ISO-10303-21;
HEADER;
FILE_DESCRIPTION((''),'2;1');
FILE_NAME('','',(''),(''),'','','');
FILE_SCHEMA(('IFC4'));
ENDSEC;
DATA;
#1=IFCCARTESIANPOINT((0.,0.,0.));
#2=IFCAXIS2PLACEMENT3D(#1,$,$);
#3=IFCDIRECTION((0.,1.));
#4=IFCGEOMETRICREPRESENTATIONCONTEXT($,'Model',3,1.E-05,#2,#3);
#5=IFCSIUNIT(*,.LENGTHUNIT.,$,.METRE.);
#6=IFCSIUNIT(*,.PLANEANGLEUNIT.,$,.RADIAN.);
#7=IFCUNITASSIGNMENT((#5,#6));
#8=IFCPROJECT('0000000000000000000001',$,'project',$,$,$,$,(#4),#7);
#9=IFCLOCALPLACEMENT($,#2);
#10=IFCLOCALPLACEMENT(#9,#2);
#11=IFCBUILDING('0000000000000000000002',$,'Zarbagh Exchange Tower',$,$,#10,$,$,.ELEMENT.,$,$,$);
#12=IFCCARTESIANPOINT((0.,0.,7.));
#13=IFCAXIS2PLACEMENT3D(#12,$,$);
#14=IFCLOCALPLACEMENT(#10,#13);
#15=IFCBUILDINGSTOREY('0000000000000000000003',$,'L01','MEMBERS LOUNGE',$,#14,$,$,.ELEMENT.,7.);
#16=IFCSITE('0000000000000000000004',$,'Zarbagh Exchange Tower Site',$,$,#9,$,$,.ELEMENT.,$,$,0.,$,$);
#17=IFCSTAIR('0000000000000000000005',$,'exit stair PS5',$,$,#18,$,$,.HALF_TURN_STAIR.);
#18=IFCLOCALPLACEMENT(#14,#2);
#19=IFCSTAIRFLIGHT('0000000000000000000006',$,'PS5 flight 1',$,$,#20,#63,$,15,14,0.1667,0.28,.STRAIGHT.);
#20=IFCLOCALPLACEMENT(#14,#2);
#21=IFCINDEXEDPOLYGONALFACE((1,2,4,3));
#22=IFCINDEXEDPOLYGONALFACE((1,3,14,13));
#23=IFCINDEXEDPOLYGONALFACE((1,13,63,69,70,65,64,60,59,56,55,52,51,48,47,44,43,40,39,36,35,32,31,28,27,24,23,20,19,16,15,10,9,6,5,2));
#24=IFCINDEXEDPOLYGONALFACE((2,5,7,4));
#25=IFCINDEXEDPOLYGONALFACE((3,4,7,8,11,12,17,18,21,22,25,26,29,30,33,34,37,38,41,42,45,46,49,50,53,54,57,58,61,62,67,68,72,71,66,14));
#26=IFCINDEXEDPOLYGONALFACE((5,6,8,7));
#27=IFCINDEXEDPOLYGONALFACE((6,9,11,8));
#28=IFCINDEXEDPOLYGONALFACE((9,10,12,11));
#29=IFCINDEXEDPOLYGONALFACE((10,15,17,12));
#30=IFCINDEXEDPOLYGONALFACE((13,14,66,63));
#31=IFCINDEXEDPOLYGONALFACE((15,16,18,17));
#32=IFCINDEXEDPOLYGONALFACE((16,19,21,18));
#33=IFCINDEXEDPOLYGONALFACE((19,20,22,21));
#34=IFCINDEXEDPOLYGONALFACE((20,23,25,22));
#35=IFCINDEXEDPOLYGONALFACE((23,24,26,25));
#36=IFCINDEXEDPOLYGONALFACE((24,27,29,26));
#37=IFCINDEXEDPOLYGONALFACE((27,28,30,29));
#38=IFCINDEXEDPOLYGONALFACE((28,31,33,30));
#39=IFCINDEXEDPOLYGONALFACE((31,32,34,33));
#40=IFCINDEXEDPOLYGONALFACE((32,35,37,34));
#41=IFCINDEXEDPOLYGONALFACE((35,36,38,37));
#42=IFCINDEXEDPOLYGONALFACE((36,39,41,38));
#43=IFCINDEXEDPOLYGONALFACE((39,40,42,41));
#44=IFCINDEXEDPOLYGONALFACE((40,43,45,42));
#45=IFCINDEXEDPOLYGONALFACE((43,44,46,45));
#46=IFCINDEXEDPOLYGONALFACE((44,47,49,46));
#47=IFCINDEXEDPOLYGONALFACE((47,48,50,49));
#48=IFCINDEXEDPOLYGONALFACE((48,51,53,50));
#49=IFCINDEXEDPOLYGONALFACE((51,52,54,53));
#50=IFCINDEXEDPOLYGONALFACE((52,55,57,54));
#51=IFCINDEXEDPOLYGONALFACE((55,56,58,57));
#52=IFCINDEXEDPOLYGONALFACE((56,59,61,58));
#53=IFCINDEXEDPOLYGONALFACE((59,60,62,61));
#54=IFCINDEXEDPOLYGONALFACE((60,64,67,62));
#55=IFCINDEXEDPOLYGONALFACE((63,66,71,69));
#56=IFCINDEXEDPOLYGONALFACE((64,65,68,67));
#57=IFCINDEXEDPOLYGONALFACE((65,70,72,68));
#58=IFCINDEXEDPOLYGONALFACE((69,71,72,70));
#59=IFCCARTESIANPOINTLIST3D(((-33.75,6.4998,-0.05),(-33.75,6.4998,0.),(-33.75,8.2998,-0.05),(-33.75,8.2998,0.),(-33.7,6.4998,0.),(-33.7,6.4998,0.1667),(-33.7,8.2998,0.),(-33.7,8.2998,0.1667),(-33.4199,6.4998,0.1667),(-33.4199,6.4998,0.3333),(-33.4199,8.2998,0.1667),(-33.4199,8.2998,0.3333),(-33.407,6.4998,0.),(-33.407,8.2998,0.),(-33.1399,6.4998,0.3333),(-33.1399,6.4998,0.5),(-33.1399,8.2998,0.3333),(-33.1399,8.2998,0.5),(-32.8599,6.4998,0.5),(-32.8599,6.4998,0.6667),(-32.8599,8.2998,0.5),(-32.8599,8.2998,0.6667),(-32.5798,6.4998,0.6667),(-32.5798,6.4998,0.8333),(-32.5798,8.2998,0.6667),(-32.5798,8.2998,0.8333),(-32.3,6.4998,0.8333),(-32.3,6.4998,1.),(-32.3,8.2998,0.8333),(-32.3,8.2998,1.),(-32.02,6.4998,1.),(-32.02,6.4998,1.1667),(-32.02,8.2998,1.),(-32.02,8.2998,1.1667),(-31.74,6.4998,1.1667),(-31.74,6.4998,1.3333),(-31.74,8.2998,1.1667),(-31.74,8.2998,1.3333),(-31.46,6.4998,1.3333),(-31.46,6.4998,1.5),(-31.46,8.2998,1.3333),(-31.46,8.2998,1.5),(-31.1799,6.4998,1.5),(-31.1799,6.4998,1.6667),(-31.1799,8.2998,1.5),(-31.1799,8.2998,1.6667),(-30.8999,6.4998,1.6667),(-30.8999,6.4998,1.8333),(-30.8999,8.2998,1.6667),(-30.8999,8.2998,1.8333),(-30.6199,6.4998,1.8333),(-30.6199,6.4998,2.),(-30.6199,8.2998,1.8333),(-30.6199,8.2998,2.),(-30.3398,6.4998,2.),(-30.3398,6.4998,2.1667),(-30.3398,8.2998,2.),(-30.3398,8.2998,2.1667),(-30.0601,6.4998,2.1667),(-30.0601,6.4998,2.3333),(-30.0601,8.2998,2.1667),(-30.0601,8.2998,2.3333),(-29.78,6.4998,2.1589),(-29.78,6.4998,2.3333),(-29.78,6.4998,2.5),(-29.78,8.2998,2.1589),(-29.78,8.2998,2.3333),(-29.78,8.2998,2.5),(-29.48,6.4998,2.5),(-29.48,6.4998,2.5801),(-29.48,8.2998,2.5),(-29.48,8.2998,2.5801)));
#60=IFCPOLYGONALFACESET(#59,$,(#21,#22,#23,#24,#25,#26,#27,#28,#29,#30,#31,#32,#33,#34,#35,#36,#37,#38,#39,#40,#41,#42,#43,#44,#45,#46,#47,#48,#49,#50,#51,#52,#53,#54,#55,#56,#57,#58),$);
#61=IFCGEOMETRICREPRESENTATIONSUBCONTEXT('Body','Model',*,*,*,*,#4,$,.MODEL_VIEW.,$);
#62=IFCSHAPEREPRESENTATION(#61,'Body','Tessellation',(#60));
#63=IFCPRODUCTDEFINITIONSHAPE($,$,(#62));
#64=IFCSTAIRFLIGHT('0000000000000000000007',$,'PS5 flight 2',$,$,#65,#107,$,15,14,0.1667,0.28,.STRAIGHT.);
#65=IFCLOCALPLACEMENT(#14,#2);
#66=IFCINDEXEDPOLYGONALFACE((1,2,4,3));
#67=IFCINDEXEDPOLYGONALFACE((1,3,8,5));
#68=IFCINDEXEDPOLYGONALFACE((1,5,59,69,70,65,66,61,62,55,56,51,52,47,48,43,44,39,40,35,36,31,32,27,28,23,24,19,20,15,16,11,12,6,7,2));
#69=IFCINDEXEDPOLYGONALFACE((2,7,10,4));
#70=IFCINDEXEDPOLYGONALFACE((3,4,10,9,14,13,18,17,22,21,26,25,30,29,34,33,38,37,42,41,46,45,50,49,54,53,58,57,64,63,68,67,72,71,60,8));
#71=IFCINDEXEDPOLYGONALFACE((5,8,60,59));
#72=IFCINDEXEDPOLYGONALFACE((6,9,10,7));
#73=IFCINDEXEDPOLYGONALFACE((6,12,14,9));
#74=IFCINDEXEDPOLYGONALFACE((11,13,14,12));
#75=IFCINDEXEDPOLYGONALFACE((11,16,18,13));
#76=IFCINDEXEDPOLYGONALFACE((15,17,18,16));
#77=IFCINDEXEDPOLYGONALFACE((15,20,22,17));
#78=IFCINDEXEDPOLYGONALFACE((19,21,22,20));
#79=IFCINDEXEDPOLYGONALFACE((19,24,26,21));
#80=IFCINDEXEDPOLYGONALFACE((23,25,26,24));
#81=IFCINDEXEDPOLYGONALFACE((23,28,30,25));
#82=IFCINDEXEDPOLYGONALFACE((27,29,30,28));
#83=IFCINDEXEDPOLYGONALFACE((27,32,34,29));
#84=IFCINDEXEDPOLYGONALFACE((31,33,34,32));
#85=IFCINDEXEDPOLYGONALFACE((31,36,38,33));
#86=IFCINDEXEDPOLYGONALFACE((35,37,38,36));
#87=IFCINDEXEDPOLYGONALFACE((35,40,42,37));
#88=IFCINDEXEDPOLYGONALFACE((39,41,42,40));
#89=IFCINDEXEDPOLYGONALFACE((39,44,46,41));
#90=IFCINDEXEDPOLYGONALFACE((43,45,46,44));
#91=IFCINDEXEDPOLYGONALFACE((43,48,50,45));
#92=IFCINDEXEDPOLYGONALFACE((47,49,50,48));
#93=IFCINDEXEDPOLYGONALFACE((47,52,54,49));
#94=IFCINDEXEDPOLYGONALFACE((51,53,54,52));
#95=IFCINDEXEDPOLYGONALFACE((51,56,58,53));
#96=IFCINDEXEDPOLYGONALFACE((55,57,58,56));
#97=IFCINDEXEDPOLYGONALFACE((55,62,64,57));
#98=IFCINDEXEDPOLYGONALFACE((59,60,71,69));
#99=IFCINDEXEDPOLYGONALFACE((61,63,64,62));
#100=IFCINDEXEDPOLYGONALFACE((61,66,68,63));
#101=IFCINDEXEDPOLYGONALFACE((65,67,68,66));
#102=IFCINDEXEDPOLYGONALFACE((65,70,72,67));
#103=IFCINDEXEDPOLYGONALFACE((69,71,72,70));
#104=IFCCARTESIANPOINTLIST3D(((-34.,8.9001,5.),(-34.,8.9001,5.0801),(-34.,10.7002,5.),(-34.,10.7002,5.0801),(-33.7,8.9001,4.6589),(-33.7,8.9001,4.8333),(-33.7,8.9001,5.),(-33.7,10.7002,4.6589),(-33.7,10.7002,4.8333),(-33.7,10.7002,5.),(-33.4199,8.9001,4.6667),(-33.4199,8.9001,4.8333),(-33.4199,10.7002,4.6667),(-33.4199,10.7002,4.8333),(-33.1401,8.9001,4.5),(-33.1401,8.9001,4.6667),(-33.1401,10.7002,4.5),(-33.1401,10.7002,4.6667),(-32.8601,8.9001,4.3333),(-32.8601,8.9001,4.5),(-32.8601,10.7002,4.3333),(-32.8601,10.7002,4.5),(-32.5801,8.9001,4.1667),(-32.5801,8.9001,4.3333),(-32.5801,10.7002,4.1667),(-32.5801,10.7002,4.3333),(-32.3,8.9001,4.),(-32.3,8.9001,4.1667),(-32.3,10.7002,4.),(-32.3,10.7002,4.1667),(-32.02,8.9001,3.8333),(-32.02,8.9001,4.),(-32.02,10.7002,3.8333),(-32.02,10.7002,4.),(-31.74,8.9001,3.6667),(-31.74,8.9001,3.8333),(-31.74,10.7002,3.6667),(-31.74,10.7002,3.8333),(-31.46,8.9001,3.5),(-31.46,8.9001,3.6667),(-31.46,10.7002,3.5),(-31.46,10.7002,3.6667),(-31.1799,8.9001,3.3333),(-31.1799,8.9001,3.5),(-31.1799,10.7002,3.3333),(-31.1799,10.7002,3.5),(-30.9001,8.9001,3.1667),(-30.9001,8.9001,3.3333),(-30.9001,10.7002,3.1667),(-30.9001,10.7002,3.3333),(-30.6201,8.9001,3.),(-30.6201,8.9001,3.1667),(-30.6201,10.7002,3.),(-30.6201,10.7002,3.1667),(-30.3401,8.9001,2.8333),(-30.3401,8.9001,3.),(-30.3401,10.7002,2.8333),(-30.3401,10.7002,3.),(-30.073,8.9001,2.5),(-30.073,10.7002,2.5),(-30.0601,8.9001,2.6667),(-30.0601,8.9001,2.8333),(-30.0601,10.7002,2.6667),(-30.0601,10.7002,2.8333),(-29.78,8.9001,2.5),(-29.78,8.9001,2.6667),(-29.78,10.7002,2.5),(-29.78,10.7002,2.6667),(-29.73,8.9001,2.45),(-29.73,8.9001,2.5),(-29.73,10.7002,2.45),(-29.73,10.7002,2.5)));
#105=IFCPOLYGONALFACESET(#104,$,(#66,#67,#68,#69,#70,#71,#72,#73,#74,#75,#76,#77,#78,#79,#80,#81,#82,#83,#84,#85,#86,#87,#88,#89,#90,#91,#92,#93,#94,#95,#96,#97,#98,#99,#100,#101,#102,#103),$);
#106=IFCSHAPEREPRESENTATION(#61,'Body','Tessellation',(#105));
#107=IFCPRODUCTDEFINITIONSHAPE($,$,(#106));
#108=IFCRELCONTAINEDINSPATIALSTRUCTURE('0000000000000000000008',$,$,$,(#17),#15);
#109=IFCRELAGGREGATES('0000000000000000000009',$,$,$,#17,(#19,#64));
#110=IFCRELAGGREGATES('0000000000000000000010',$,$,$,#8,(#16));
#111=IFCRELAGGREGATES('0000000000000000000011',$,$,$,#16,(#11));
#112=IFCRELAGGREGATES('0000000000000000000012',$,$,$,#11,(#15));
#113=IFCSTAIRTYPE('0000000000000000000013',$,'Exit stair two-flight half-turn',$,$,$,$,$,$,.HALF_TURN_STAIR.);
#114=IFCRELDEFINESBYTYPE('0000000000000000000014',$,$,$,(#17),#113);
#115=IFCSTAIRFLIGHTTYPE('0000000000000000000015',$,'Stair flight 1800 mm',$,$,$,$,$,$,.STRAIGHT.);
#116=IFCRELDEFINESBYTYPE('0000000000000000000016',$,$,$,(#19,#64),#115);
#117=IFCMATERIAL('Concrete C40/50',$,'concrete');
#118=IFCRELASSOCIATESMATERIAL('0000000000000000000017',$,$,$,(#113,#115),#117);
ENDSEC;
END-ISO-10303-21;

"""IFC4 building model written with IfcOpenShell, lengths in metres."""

from ifc_helpers import new_model, si_unit, direction, frame, origin, place, context, subcontext, project, spatial, polyline, outline, extrude, material, type_object, element, aggregate, save


model = new_model("IFC4")

# Units and contexts
model_context = context("Model", 3, precision=1e-05, world=origin(), true_north=direction((0.0, 1.0)))
body_context = subcontext(model_context, "Body", "Model", "MODEL_VIEW")
ifc_project = project(units=[si_unit("LENGTHUNIT", "METRE"), si_unit("PLANEANGLEUNIT", "RADIAN")], contexts=[model_context])

# Site, building, storey
site_placement = place(None, origin())
site = spatial("IfcSite", under=ifc_project, at=site_placement, Name="Zarbagh Exchange Tower Site", CompositionType="ELEMENT", RefElevation=0.0)
building_placement = place(site_placement, origin())
building = spatial("IfcBuilding", under=site, at=building_placement, Name="Zarbagh Exchange Tower", CompositionType="ELEMENT")
storey_placement = place(building_placement, frame((0.0, 0.0, 7.0)))
storey = spatial("IfcBuildingStorey", under=building, at=storey_placement, Name="L01", Description="MEMBERS LOUNGE", CompositionType="ELEMENT", Elevation=7.0)

# Shared definitions
ifc_material_1 = material(Name="Concrete C40/50", Category="concrete")

# Stair, stair flights
stair_type = type_object("IfcStairType", Name="Exit stair two-flight half-turn", PredefinedType="HALF_TURN_STAIR", material=ifc_material_1)
stair_placement = place(storey_placement, origin())
stair = element("IfcStair", 1, at=stair_placement, inside=storey, type_object=stair_type, Name="exit stair PS5", PredefinedType="HALF_TURN_STAIR")
stair_flight_type = type_object("IfcStairFlightType", Name="Stair flight 1800 mm", PredefinedType="STRAIGHT", material=ifc_material_1)
stair_flight_1_placement = place(storey_placement, frame((-33.7, 7.3999, 0.0), z_axis=(0.0, 0.0, 1.0), x_axis=(1.0, 0.0, 0.0)))
stair_flight_1 = element("IfcStairFlight", 2, at=stair_flight_1_placement, type_object=stair_flight_type, Name="PS5 flight 1", NumberOfRisers=15, NumberOfTreads=14, PredefinedType="STRAIGHT", RiserHeight=0.1667, TreadLength=0.28, context=body_context, shape_type="SweptSolid", body=[
    extrude(outline(polyline([(-0.05, -0.05), (-0.05, 0.0), (0.0, 0.0), (0.0, 0.1667), (0.28, 0.1667), (0.28, 0.3333), (0.5601, 0.3333), (0.5601, 0.5), (0.8401, 0.5), (0.8401, 0.6667), (1.1201, 0.6667), (1.1201, 0.8333), (1.3999, 0.8333), (1.3999, 1.0), (1.6799, 1.0), (1.6799, 1.1667), (1.96, 1.1667), (1.96, 1.3333), (2.24, 1.3333), (2.24, 1.5), (2.52, 1.5), (2.52, 1.6667), (2.8, 1.6667), (2.8, 1.8333), (3.0801, 1.8333), (3.0801, 2.0), (3.3601, 2.0), (3.3601, 2.1667), (3.6399, 2.1667), (3.6399, 2.3333), (3.9199, 2.3333), (3.9199, 2.5), (4.22, 2.5801), (4.22, 2.5), (3.9199, 2.1589), (0.293, 0.0), (-0.05, -0.05)])), frame((0.0, 0.8999, 0.0), z_axis=(0.0, -1.0, 0.0), x_axis=(1.0, 0.0, 0.0)), (0.0, 0.0, 1.0), 1.8),
])
stair_flight_2_placement = place(storey_placement, frame((-29.78, 9.8, 2.5), z_axis=(0.0, 0.0, 1.0), x_axis=(-1.0, 0.0, 0.0)))
stair_flight_2 = element("IfcStairFlight", 3, at=stair_flight_2_placement, type_object=stair_flight_type, Name="PS5 flight 2", NumberOfRisers=15, NumberOfTreads=14, PredefinedType="STRAIGHT", RiserHeight=0.1667, TreadLength=0.28, context=body_context, shape_type="SweptSolid", body=[
    extrude(outline(polyline([(-0.05, -0.05), (-0.05, 0.0), (0.0, 0.0), (0.0, 0.1667), (0.28, 0.1667), (0.28, 0.3333), (0.5601, 0.3333), (0.5601, 0.5), (0.8401, 0.5), (0.8401, 0.6667), (1.1201, 0.6667), (1.1201, 0.8333), (1.3999, 0.8333), (1.3999, 1.0), (1.6799, 1.0), (1.6799, 1.1667), (1.96, 1.1667), (1.96, 1.3333), (2.24, 1.3333), (2.24, 1.5), (2.52, 1.5), (2.52, 1.6667), (2.8, 1.6667), (2.8, 1.8333), (3.0801, 1.8333), (3.0801, 2.0), (3.3601, 2.0), (3.3601, 2.1667), (3.6399, 2.1667), (3.6399, 2.3333), (3.9199, 2.3333), (3.9199, 2.5), (4.22, 2.5801), (4.22, 2.5), (3.9199, 2.1589), (0.293, 0.0), (-0.05, -0.05)])), frame((0.0, 0.8999, 0.0), z_axis=(0.0, -1.0, 0.0), x_axis=(1.0, 0.0, 0.0)), (0.0, 0.0, 1.0), 1.8),
])
aggregate(stair, [stair_flight_1, stair_flight_2])

save(model, "model.ifc")
